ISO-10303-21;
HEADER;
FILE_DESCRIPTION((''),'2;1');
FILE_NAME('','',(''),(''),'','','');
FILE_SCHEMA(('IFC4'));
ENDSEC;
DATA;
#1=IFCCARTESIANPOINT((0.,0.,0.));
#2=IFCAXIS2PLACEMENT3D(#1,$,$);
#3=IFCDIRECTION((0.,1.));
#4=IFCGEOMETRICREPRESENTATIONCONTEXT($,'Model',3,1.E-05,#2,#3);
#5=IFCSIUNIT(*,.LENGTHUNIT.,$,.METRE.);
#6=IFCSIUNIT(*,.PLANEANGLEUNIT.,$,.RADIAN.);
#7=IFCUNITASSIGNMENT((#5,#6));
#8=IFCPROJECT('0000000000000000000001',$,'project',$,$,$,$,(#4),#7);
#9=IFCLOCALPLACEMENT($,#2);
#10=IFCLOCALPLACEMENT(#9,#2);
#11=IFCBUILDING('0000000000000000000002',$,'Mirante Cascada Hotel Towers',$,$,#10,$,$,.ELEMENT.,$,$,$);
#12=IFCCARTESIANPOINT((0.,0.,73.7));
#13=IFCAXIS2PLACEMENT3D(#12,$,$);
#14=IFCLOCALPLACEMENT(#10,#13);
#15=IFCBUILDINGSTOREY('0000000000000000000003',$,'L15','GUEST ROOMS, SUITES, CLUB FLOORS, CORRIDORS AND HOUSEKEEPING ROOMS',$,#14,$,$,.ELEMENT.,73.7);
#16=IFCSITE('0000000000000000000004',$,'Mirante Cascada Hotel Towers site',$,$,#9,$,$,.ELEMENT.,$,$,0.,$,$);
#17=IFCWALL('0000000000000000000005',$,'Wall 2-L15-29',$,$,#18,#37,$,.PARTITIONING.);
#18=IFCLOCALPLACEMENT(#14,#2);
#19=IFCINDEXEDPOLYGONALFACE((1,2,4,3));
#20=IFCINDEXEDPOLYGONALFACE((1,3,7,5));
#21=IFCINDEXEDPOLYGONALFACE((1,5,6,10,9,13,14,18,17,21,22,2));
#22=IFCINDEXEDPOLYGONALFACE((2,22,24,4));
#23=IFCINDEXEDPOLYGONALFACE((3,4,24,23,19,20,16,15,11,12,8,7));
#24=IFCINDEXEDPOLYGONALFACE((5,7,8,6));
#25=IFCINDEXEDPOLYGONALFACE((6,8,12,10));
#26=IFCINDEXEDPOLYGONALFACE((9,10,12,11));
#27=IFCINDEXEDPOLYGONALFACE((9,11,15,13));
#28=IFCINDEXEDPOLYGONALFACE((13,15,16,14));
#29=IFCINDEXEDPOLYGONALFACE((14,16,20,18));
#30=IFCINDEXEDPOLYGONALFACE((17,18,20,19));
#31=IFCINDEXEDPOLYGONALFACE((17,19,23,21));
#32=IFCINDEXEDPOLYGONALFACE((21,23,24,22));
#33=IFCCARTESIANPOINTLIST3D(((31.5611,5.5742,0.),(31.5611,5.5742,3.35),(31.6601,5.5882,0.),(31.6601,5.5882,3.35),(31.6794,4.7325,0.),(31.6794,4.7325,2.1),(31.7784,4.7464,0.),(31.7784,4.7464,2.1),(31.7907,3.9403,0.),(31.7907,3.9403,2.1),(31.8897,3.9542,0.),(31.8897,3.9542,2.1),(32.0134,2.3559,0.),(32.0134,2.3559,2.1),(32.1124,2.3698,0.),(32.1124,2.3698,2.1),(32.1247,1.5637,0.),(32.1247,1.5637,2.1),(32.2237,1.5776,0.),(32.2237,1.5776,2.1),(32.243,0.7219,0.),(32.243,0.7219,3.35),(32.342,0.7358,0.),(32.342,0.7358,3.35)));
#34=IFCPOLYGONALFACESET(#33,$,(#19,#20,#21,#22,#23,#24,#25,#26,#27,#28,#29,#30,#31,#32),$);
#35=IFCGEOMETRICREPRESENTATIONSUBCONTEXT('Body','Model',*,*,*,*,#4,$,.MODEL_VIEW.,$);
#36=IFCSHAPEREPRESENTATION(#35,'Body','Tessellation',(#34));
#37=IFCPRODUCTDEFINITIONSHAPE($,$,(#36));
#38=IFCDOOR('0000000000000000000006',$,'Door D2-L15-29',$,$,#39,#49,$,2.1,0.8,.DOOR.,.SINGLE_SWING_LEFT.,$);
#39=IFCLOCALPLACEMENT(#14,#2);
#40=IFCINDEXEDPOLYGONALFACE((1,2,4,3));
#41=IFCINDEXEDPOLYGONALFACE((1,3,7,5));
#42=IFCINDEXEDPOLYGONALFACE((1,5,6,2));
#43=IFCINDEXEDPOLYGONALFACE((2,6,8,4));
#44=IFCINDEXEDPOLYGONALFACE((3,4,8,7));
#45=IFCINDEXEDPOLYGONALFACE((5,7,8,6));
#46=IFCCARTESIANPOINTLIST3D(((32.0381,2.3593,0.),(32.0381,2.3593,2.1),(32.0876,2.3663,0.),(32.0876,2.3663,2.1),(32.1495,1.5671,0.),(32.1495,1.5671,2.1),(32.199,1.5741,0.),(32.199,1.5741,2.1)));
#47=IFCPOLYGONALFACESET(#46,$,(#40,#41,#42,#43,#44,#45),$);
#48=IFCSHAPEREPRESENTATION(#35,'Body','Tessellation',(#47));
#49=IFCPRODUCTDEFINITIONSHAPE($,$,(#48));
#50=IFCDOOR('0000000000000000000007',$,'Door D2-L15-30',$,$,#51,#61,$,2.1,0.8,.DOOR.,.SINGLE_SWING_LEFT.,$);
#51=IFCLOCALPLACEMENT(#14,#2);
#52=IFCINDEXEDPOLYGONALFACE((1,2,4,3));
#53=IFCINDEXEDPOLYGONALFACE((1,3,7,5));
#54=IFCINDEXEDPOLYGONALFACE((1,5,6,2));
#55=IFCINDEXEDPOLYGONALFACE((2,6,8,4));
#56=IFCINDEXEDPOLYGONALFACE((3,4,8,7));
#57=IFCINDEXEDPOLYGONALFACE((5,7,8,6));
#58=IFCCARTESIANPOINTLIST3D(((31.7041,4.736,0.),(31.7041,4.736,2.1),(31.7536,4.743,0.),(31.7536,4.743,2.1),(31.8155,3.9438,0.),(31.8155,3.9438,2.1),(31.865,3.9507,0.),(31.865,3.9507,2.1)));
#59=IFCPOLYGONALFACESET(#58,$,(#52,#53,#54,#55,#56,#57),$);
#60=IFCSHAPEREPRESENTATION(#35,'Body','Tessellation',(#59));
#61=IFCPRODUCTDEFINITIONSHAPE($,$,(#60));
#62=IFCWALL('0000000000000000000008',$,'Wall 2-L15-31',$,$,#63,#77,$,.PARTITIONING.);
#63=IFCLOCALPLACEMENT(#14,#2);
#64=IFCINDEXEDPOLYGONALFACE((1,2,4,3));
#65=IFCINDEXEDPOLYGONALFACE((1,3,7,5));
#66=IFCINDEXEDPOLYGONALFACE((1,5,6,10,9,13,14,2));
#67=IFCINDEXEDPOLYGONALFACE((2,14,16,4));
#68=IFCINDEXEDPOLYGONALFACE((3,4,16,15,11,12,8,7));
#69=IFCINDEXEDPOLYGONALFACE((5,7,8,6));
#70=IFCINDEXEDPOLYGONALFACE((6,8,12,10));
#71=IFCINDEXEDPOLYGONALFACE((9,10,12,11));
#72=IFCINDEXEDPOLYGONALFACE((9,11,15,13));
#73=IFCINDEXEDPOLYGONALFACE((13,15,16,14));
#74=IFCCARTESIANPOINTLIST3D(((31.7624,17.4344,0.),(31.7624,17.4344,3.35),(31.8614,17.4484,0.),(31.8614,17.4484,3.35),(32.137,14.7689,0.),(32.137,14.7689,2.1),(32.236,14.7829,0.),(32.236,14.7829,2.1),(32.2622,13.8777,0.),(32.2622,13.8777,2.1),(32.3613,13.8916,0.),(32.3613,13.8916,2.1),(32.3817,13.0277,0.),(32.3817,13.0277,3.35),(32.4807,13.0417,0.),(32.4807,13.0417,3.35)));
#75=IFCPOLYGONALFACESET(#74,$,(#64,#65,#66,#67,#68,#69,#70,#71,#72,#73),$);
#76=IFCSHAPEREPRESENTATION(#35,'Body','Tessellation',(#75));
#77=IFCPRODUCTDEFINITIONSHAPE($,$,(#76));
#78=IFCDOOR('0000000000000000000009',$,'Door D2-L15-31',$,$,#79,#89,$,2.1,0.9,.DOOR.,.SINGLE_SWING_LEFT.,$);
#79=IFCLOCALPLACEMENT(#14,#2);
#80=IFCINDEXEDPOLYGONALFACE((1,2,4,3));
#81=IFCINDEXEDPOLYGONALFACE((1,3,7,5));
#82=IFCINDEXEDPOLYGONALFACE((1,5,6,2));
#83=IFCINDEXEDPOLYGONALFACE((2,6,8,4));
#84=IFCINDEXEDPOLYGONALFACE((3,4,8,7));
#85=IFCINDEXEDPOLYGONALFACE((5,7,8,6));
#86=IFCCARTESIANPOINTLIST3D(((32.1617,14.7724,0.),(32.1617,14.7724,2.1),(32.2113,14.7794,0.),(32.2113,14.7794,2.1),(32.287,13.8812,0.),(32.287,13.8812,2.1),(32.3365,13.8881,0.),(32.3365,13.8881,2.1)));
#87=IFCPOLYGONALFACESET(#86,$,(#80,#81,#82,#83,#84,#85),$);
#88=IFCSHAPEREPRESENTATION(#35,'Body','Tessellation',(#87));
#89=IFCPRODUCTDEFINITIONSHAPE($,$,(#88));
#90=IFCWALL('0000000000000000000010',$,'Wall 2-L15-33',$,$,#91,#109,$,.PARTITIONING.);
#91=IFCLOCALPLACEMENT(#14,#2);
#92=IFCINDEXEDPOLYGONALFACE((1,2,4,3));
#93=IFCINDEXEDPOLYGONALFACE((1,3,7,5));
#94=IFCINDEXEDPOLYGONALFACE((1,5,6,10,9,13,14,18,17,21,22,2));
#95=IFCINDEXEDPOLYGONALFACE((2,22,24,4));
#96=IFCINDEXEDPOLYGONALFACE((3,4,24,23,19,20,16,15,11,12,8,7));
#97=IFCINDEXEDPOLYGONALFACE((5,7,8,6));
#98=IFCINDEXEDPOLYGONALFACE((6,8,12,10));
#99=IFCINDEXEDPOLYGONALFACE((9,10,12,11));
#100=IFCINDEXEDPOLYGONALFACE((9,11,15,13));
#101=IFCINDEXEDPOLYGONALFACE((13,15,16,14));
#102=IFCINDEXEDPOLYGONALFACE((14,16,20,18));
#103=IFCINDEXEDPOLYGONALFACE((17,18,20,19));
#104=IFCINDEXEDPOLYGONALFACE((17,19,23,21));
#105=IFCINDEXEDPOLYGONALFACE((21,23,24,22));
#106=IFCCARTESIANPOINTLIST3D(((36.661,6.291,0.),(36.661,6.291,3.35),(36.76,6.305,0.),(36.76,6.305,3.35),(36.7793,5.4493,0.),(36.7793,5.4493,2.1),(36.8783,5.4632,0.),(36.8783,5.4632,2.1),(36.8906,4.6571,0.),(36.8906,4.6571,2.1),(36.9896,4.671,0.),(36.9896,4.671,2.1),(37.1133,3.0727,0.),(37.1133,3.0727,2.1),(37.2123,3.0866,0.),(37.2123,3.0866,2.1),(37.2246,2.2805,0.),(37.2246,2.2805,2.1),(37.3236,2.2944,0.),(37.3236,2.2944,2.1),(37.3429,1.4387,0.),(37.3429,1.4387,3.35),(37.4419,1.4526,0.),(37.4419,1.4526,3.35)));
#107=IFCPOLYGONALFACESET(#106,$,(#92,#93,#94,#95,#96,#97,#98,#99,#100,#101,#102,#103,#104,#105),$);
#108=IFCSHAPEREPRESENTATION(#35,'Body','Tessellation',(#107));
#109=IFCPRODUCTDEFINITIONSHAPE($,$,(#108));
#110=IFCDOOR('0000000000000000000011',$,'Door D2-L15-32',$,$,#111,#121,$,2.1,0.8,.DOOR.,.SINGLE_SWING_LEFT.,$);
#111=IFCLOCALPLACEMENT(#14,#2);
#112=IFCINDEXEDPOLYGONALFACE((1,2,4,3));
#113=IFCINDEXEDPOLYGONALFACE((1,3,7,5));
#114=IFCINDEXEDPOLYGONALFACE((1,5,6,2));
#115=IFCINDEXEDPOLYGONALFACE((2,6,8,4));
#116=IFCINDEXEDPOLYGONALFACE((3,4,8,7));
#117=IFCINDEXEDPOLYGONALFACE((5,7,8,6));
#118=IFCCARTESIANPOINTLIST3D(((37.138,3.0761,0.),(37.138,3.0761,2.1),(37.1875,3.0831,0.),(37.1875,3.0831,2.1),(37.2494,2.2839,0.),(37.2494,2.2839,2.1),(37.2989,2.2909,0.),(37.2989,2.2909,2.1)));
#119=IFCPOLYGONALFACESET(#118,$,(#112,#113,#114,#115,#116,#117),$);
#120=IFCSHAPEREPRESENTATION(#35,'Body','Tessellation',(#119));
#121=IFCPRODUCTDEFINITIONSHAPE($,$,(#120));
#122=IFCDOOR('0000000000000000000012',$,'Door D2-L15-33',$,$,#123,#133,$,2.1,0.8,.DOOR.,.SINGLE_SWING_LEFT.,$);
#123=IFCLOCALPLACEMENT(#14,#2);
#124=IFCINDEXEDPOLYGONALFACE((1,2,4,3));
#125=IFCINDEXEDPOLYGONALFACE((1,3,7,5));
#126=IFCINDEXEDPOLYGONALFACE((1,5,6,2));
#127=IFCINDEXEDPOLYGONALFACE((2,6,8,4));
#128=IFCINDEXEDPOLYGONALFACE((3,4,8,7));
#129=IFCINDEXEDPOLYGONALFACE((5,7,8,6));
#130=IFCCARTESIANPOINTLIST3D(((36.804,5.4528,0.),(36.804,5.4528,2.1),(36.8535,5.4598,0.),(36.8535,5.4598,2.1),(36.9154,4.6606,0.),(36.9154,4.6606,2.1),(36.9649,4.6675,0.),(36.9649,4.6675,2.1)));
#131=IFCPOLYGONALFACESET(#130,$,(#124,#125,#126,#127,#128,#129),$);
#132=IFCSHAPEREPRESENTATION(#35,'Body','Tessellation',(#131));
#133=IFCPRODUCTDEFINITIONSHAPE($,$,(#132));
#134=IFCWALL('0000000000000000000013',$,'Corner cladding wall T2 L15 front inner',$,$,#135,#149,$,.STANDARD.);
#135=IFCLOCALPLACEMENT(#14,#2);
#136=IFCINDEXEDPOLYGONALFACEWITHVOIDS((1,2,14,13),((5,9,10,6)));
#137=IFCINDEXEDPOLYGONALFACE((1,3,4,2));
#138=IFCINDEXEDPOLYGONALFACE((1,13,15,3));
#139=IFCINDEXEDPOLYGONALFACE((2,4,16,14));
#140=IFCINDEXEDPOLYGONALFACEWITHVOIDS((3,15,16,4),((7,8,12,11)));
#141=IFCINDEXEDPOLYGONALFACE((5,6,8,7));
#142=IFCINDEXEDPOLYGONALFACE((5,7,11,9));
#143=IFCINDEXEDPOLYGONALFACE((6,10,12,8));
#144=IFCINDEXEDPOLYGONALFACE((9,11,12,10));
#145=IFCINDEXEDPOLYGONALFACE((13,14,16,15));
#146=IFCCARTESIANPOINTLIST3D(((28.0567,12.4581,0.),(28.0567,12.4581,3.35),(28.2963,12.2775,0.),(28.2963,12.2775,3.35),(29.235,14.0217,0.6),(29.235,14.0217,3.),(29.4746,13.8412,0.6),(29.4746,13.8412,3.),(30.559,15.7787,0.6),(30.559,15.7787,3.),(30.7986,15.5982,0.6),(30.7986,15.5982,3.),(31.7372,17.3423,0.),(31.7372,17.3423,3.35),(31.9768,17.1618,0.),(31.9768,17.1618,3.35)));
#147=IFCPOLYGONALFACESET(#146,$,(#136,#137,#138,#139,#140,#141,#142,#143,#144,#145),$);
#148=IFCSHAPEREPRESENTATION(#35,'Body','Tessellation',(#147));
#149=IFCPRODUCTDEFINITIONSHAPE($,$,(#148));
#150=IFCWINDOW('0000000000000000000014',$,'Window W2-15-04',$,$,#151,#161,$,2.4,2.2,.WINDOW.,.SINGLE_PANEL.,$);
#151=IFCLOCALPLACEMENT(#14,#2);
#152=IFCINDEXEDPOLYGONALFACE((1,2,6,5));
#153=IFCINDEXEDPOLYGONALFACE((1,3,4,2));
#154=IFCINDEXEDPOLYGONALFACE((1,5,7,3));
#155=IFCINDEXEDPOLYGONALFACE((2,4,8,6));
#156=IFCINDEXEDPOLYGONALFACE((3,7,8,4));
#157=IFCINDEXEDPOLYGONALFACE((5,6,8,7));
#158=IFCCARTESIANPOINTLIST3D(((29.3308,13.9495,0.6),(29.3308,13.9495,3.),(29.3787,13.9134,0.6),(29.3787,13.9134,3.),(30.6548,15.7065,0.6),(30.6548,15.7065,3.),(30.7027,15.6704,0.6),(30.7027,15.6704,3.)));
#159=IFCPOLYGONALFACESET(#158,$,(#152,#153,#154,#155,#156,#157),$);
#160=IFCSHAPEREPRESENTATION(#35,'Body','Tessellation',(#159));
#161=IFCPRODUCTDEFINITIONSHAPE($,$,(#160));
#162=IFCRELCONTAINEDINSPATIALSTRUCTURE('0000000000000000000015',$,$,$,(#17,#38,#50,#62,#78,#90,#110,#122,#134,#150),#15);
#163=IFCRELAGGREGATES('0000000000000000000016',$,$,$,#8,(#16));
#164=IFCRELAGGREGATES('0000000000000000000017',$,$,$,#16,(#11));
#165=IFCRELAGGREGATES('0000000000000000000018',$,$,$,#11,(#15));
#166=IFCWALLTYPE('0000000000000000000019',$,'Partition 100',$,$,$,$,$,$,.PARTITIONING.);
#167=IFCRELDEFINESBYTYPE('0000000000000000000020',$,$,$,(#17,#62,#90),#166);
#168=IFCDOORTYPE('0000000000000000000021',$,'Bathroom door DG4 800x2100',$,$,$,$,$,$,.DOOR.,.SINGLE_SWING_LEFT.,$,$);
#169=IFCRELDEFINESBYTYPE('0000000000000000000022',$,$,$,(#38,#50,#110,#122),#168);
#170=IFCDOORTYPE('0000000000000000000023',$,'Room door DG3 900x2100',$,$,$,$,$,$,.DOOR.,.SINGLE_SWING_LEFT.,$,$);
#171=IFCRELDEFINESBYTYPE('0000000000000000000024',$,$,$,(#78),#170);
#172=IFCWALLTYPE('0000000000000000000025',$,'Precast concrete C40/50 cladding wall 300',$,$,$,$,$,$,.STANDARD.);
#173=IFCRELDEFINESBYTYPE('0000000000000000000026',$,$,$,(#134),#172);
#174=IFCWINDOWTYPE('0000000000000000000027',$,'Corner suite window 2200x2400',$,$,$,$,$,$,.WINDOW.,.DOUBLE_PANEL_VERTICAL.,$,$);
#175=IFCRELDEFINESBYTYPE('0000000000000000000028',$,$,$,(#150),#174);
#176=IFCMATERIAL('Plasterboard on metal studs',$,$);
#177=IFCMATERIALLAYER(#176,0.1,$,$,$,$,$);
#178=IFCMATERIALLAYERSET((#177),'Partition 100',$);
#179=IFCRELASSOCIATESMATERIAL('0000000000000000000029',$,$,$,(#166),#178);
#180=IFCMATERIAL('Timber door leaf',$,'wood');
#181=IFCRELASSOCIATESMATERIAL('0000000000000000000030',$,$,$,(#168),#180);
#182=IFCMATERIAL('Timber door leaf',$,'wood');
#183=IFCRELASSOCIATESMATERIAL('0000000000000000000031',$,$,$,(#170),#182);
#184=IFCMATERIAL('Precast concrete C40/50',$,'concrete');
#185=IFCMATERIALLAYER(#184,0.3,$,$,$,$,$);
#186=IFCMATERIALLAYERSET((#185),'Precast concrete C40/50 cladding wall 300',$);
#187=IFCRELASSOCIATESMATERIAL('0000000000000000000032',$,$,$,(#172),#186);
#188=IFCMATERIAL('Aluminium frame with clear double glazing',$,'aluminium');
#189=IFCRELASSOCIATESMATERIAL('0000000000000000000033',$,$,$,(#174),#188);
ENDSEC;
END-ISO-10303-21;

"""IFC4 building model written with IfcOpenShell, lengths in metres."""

from ifc_helpers import new_model, si_unit, direction, frame, frame_2d, origin, place, context, subcontext, project, spatial, rectangle, extrude, material, layer, layer_set, type_object, element, fill, save


model = new_model("IFC4")

# Units and contexts
model_context = context("Model", 3, precision=1e-05, world=origin(), true_north=direction((0.0, 1.0)))
body_context = subcontext(model_context, "Body", "Model", "MODEL_VIEW")
ifc_project = project(units=[si_unit("LENGTHUNIT", "METRE"), si_unit("PLANEANGLEUNIT", "RADIAN")], contexts=[model_context])

# Site, building, storey
site_placement = place(None, origin())
site = spatial("IfcSite", under=ifc_project, at=site_placement, Name="Mirante Cascada Hotel Towers site", CompositionType="ELEMENT", RefElevation=0.0)
building_placement = place(site_placement, origin())
building = spatial("IfcBuilding", under=site, at=building_placement, Name="Mirante Cascada Hotel Towers", CompositionType="ELEMENT")
storey_placement = place(building_placement, frame((0.0, 0.0, 73.7)))
storey = spatial("IfcBuildingStorey", under=building, at=storey_placement, Name="L15", Description="GUEST ROOMS, SUITES, CLUB FLOORS, CORRIDORS AND HOUSEKEEPING ROOMS", CompositionType="ELEMENT", Elevation=73.7)

# Shared definitions
ifc_material_1 = material(Name="Plasterboard on metal studs")
ifc_layer_1 = layer(ifc_material_1, 0.1)
ifc_layer_set_1 = layer_set([ifc_layer_1], Name="Partition 100")
wall_type_1 = type_object("IfcWallType", Name="Partition 100", PredefinedType="PARTITIONING", material=ifc_layer_set_1)

# Wall, openings, doors
wall_1_placement = place(storey_placement, frame((31.6106, 5.5812, 0.0), z_axis=(0.0, 0.0, 1.0), x_axis=(0.139164, -0.990269, 0.0)))
wall_1 = element("IfcWall", 1, at=wall_1_placement, inside=storey, type_object=wall_type_1, Name="Wall 2-L15-29", PredefinedType="PARTITIONING", context=body_context, shape_type="SweptSolid", body=[
    extrude(rectangle(XDim=4.9, YDim=0.1, at=frame_2d((2.45, 0.0))), origin(), (0.0, 0.0, 1.0), 3.35),
])
opening_1_placement = place(wall_1_placement, frame((3.25, 0.0, 0.0)))
opening_1 = element("IfcOpeningElement", 2, at=opening_1_placement, cuts=wall_1, PredefinedType="OPENING", context=body_context, shape_type="SweptSolid", body=[
    extrude(rectangle(XDim=0.8, YDim=2.1, at=frame_2d((0.4, 1.05))), frame((0.0, 0.05, 0.0), z_axis=(0.0, -1.0, 0.0), x_axis=(1.0, 0.0, 0.0)), (0.0, 0.0, 1.0), 0.1),
])
opening_2_placement = place(wall_1_placement, frame((0.85, 0.0, 0.0)))
opening_2 = element("IfcOpeningElement", 3, at=opening_2_placement, cuts=wall_1, PredefinedType="OPENING", context=body_context, shape_type="SweptSolid", body=[
    extrude(rectangle(XDim=0.8, YDim=2.1, at=frame_2d((0.4, 1.05))), frame((0.0, 0.05, 0.0), z_axis=(0.0, -1.0, 0.0), x_axis=(1.0, 0.0, 0.0)), (0.0, 0.0, 1.0), 0.1),
])
ifc_material_2 = material(Name="Timber door leaf", Category="wood")
door_type_1 = type_object("IfcDoorType", Name="Bathroom door DG4 800x2100", OperationType="SINGLE_SWING_LEFT", PredefinedType="DOOR", material=ifc_material_2)
door_1_placement = place(opening_1_placement, origin())
door_1 = element("IfcDoor", 4, at=door_1_placement, inside=storey, type_object=door_type_1, Name="Door D2-L15-29", OperationType="SINGLE_SWING_LEFT", OverallHeight=2.1, OverallWidth=0.8, PredefinedType="DOOR", context=body_context, shape_type="SweptSolid", body=[
    extrude(rectangle(XDim=0.8, YDim=2.1, at=frame_2d((0.4, 1.05))), frame((0.0, 0.025, 0.0), z_axis=(0.0, -1.0, 0.0), x_axis=(1.0, 0.0, 0.0)), (0.0, 0.0, 1.0), 0.05),
])
fill(opening_1, door_1)
door_2_placement = place(opening_2_placement, origin())
door_2 = element("IfcDoor", 5, at=door_2_placement, inside=storey, type_object=door_type_1, Name="Door D2-L15-30", OperationType="SINGLE_SWING_LEFT", OverallHeight=2.1, OverallWidth=0.8, PredefinedType="DOOR", context=body_context, shape_type="SweptSolid", body=[
    extrude(rectangle(XDim=0.8, YDim=2.1, at=frame_2d((0.4, 1.05))), frame((0.0, 0.025, 0.0), z_axis=(0.0, -1.0, 0.0), x_axis=(1.0, 0.0, 0.0)), (0.0, 0.0, 1.0), 0.05),
])
fill(opening_2, door_2)

# Wall, opening, door
wall_2_placement = place(storey_placement, frame((31.8119, 17.4414, 0.0), z_axis=(0.0, 0.0, 1.0), x_axis=(0.139168, -0.990269, 0.0)))
wall_2 = element("IfcWall", 6, at=wall_2_placement, inside=storey, type_object=wall_type_1, Name="Wall 2-L15-31", PredefinedType="PARTITIONING", context=body_context, shape_type="SweptSolid", body=[
    extrude(rectangle(XDim=4.45, YDim=0.1, at=frame_2d((2.225, 0.0))), origin(), (0.0, 0.0, 1.0), 3.35),
])
opening_3_placement = place(wall_2_placement, frame((2.6917, 0.0, 0.0)))
opening_3 = element("IfcOpeningElement", 7, at=opening_3_placement, cuts=wall_2, PredefinedType="OPENING", context=body_context, shape_type="SweptSolid", body=[
    extrude(rectangle(XDim=0.9, YDim=2.1, at=frame_2d((0.45, 1.05))), frame((0.0, 0.05, 0.0), z_axis=(0.0, -1.0, 0.0), x_axis=(1.0, 0.0, 0.0)), (0.0, 0.0, 1.0), 0.1),
])
ifc_material_3 = material(Name="Timber door leaf", Category="wood")
door_type_2 = type_object("IfcDoorType", Name="Room door DG3 900x2100", OperationType="SINGLE_SWING_LEFT", PredefinedType="DOOR", material=ifc_material_3)
door_3_placement = place(opening_3_placement, origin())
door_3 = element("IfcDoor", 8, at=door_3_placement, inside=storey, type_object=door_type_2, Name="Door D2-L15-31", OperationType="SINGLE_SWING_LEFT", OverallHeight=2.1, OverallWidth=0.9, PredefinedType="DOOR", context=body_context, shape_type="SweptSolid", body=[
    extrude(rectangle(XDim=0.9, YDim=2.1, at=frame_2d((0.45, 1.05))), frame((0.0, 0.025, 0.0), z_axis=(0.0, -1.0, 0.0), x_axis=(1.0, 0.0, 0.0)), (0.0, 0.0, 1.0), 0.05),
])
fill(opening_3, door_3)

# Wall, openings, doors
wall_3_placement = place(storey_placement, frame((36.7105, 6.298, 0.0), z_axis=(0.0, 0.0, 1.0), x_axis=(0.139164, -0.990269, 0.0)))
wall_3 = element("IfcWall", 9, at=wall_3_placement, inside=storey, type_object=wall_type_1, Name="Wall 2-L15-33", PredefinedType="PARTITIONING", context=body_context, shape_type="SweptSolid", body=[
    extrude(rectangle(XDim=4.9, YDim=0.1, at=frame_2d((2.45, 0.0))), origin(), (0.0, 0.0, 1.0), 3.35),
])
opening_4_placement = place(wall_3_placement, frame((3.25, 0.0, 0.0)))
opening_4 = element("IfcOpeningElement", 10, at=opening_4_placement, cuts=wall_3, PredefinedType="OPENING", context=body_context, shape_type="SweptSolid", body=[
    extrude(rectangle(XDim=0.8, YDim=2.1, at=frame_2d((0.4, 1.05))), frame((0.0, 0.05, 0.0), z_axis=(0.0, -1.0, 0.0), x_axis=(1.0, 0.0, 0.0)), (0.0, 0.0, 1.0), 0.1),
])
opening_5_placement = place(wall_3_placement, frame((0.85, 0.0, 0.0)))
opening_5 = element("IfcOpeningElement", 11, at=opening_5_placement, cuts=wall_3, PredefinedType="OPENING", context=body_context, shape_type="SweptSolid", body=[
    extrude(rectangle(XDim=0.8, YDim=2.1, at=frame_2d((0.4, 1.05))), frame((0.0, 0.05, 0.0), z_axis=(0.0, -1.0, 0.0), x_axis=(1.0, 0.0, 0.0)), (0.0, 0.0, 1.0), 0.1),
])
door_4_placement = place(opening_4_placement, origin())
door_4 = element("IfcDoor", 12, at=door_4_placement, inside=storey, type_object=door_type_1, Name="Door D2-L15-32", OperationType="SINGLE_SWING_LEFT", OverallHeight=2.1, OverallWidth=0.8, PredefinedType="DOOR", context=body_context, shape_type="SweptSolid", body=[
    extrude(rectangle(XDim=0.8, YDim=2.1, at=frame_2d((0.4, 1.05))), frame((0.0, 0.025, 0.0), z_axis=(0.0, -1.0, 0.0), x_axis=(1.0, 0.0, 0.0)), (0.0, 0.0, 1.0), 0.05),
])
fill(opening_4, door_4)
door_5_placement = place(opening_5_placement, origin())
door_5 = element("IfcDoor", 13, at=door_5_placement, inside=storey, type_object=door_type_1, Name="Door D2-L15-33", OperationType="SINGLE_SWING_LEFT", OverallHeight=2.1, OverallWidth=0.8, PredefinedType="DOOR", context=body_context, shape_type="SweptSolid", body=[
    extrude(rectangle(XDim=0.8, YDim=2.1, at=frame_2d((0.4, 1.05))), frame((0.0, 0.025, 0.0), z_axis=(0.0, -1.0, 0.0), x_axis=(1.0, 0.0, 0.0)), (0.0, 0.0, 1.0), 0.05),
])
fill(opening_5, door_5)

# Wall, opening, window
ifc_material_4 = material(Name="Precast concrete C40/50", Category="concrete")
ifc_layer_2 = layer(ifc_material_4, 0.3)
ifc_layer_set_2 = layer_set([ifc_layer_2], Name="Precast concrete C40/50 cladding wall 300")
wall_type_2 = type_object("IfcWallType", Name="Precast concrete C40/50 cladding wall 300", PredefinedType="STANDARD", material=ifc_layer_set_2)
wall_4_placement = place(storey_placement, frame((31.857, 17.252, 0.0), z_axis=(0.0, 0.0, 1.0), x_axis=(-0.601814, -0.798636, 0.0)))
wall_4 = element("IfcWall", 14, at=wall_4_placement, inside=storey, type_object=wall_type_2, Name="Corner cladding wall T2 L15 front inner", PredefinedType="STANDARD", context=body_context, shape_type="SweptSolid", body=[
    extrude(rectangle(XDim=6.1157, YDim=0.3, at=frame_2d((3.0578, 0.0))), origin(), (0.0, 0.0, 1.0), 3.35),
])
opening_6_placement = place(wall_4_placement, frame((1.9578, 0.0, 0.6)))
opening_6 = element("IfcOpeningElement", 15, at=opening_6_placement, cuts=wall_4, PredefinedType="OPENING", context=body_context, shape_type="SweptSolid", body=[
    extrude(rectangle(XDim=2.2, YDim=2.4, at=frame_2d((1.1, 1.2))), frame((0.0, 0.15, 0.0), z_axis=(0.0, -1.0, 0.0), x_axis=(1.0, 0.0, 0.0)), (0.0, 0.0, 1.0), 0.3),
])
ifc_material_5 = material(Name="Aluminium frame with clear double glazing", Category="aluminium")
window_type = type_object("IfcWindowType", Name="Corner suite window 2200x2400", PartitioningType="DOUBLE_PANEL_VERTICAL", PredefinedType="WINDOW", material=ifc_material_5)
window_placement = place(opening_6_placement, origin())
window = element("IfcWindow", 16, at=window_placement, inside=storey, type_object=window_type, Name="Window W2-15-04", OverallHeight=2.4, OverallWidth=2.2, PartitioningType="SINGLE_PANEL", PredefinedType="WINDOW", context=body_context, shape_type="SweptSolid", body=[
    extrude(rectangle(XDim=2.2, YDim=2.4, at=frame_2d((1.1, 1.2))), frame((0.0, 0.03, 0.0), z_axis=(0.0, -1.0, 0.0), x_axis=(1.0, 0.0, 0.0)), (0.0, 0.0, 1.0), 0.06),
])
fill(opening_6, window)

save(model, "model.ifc")
